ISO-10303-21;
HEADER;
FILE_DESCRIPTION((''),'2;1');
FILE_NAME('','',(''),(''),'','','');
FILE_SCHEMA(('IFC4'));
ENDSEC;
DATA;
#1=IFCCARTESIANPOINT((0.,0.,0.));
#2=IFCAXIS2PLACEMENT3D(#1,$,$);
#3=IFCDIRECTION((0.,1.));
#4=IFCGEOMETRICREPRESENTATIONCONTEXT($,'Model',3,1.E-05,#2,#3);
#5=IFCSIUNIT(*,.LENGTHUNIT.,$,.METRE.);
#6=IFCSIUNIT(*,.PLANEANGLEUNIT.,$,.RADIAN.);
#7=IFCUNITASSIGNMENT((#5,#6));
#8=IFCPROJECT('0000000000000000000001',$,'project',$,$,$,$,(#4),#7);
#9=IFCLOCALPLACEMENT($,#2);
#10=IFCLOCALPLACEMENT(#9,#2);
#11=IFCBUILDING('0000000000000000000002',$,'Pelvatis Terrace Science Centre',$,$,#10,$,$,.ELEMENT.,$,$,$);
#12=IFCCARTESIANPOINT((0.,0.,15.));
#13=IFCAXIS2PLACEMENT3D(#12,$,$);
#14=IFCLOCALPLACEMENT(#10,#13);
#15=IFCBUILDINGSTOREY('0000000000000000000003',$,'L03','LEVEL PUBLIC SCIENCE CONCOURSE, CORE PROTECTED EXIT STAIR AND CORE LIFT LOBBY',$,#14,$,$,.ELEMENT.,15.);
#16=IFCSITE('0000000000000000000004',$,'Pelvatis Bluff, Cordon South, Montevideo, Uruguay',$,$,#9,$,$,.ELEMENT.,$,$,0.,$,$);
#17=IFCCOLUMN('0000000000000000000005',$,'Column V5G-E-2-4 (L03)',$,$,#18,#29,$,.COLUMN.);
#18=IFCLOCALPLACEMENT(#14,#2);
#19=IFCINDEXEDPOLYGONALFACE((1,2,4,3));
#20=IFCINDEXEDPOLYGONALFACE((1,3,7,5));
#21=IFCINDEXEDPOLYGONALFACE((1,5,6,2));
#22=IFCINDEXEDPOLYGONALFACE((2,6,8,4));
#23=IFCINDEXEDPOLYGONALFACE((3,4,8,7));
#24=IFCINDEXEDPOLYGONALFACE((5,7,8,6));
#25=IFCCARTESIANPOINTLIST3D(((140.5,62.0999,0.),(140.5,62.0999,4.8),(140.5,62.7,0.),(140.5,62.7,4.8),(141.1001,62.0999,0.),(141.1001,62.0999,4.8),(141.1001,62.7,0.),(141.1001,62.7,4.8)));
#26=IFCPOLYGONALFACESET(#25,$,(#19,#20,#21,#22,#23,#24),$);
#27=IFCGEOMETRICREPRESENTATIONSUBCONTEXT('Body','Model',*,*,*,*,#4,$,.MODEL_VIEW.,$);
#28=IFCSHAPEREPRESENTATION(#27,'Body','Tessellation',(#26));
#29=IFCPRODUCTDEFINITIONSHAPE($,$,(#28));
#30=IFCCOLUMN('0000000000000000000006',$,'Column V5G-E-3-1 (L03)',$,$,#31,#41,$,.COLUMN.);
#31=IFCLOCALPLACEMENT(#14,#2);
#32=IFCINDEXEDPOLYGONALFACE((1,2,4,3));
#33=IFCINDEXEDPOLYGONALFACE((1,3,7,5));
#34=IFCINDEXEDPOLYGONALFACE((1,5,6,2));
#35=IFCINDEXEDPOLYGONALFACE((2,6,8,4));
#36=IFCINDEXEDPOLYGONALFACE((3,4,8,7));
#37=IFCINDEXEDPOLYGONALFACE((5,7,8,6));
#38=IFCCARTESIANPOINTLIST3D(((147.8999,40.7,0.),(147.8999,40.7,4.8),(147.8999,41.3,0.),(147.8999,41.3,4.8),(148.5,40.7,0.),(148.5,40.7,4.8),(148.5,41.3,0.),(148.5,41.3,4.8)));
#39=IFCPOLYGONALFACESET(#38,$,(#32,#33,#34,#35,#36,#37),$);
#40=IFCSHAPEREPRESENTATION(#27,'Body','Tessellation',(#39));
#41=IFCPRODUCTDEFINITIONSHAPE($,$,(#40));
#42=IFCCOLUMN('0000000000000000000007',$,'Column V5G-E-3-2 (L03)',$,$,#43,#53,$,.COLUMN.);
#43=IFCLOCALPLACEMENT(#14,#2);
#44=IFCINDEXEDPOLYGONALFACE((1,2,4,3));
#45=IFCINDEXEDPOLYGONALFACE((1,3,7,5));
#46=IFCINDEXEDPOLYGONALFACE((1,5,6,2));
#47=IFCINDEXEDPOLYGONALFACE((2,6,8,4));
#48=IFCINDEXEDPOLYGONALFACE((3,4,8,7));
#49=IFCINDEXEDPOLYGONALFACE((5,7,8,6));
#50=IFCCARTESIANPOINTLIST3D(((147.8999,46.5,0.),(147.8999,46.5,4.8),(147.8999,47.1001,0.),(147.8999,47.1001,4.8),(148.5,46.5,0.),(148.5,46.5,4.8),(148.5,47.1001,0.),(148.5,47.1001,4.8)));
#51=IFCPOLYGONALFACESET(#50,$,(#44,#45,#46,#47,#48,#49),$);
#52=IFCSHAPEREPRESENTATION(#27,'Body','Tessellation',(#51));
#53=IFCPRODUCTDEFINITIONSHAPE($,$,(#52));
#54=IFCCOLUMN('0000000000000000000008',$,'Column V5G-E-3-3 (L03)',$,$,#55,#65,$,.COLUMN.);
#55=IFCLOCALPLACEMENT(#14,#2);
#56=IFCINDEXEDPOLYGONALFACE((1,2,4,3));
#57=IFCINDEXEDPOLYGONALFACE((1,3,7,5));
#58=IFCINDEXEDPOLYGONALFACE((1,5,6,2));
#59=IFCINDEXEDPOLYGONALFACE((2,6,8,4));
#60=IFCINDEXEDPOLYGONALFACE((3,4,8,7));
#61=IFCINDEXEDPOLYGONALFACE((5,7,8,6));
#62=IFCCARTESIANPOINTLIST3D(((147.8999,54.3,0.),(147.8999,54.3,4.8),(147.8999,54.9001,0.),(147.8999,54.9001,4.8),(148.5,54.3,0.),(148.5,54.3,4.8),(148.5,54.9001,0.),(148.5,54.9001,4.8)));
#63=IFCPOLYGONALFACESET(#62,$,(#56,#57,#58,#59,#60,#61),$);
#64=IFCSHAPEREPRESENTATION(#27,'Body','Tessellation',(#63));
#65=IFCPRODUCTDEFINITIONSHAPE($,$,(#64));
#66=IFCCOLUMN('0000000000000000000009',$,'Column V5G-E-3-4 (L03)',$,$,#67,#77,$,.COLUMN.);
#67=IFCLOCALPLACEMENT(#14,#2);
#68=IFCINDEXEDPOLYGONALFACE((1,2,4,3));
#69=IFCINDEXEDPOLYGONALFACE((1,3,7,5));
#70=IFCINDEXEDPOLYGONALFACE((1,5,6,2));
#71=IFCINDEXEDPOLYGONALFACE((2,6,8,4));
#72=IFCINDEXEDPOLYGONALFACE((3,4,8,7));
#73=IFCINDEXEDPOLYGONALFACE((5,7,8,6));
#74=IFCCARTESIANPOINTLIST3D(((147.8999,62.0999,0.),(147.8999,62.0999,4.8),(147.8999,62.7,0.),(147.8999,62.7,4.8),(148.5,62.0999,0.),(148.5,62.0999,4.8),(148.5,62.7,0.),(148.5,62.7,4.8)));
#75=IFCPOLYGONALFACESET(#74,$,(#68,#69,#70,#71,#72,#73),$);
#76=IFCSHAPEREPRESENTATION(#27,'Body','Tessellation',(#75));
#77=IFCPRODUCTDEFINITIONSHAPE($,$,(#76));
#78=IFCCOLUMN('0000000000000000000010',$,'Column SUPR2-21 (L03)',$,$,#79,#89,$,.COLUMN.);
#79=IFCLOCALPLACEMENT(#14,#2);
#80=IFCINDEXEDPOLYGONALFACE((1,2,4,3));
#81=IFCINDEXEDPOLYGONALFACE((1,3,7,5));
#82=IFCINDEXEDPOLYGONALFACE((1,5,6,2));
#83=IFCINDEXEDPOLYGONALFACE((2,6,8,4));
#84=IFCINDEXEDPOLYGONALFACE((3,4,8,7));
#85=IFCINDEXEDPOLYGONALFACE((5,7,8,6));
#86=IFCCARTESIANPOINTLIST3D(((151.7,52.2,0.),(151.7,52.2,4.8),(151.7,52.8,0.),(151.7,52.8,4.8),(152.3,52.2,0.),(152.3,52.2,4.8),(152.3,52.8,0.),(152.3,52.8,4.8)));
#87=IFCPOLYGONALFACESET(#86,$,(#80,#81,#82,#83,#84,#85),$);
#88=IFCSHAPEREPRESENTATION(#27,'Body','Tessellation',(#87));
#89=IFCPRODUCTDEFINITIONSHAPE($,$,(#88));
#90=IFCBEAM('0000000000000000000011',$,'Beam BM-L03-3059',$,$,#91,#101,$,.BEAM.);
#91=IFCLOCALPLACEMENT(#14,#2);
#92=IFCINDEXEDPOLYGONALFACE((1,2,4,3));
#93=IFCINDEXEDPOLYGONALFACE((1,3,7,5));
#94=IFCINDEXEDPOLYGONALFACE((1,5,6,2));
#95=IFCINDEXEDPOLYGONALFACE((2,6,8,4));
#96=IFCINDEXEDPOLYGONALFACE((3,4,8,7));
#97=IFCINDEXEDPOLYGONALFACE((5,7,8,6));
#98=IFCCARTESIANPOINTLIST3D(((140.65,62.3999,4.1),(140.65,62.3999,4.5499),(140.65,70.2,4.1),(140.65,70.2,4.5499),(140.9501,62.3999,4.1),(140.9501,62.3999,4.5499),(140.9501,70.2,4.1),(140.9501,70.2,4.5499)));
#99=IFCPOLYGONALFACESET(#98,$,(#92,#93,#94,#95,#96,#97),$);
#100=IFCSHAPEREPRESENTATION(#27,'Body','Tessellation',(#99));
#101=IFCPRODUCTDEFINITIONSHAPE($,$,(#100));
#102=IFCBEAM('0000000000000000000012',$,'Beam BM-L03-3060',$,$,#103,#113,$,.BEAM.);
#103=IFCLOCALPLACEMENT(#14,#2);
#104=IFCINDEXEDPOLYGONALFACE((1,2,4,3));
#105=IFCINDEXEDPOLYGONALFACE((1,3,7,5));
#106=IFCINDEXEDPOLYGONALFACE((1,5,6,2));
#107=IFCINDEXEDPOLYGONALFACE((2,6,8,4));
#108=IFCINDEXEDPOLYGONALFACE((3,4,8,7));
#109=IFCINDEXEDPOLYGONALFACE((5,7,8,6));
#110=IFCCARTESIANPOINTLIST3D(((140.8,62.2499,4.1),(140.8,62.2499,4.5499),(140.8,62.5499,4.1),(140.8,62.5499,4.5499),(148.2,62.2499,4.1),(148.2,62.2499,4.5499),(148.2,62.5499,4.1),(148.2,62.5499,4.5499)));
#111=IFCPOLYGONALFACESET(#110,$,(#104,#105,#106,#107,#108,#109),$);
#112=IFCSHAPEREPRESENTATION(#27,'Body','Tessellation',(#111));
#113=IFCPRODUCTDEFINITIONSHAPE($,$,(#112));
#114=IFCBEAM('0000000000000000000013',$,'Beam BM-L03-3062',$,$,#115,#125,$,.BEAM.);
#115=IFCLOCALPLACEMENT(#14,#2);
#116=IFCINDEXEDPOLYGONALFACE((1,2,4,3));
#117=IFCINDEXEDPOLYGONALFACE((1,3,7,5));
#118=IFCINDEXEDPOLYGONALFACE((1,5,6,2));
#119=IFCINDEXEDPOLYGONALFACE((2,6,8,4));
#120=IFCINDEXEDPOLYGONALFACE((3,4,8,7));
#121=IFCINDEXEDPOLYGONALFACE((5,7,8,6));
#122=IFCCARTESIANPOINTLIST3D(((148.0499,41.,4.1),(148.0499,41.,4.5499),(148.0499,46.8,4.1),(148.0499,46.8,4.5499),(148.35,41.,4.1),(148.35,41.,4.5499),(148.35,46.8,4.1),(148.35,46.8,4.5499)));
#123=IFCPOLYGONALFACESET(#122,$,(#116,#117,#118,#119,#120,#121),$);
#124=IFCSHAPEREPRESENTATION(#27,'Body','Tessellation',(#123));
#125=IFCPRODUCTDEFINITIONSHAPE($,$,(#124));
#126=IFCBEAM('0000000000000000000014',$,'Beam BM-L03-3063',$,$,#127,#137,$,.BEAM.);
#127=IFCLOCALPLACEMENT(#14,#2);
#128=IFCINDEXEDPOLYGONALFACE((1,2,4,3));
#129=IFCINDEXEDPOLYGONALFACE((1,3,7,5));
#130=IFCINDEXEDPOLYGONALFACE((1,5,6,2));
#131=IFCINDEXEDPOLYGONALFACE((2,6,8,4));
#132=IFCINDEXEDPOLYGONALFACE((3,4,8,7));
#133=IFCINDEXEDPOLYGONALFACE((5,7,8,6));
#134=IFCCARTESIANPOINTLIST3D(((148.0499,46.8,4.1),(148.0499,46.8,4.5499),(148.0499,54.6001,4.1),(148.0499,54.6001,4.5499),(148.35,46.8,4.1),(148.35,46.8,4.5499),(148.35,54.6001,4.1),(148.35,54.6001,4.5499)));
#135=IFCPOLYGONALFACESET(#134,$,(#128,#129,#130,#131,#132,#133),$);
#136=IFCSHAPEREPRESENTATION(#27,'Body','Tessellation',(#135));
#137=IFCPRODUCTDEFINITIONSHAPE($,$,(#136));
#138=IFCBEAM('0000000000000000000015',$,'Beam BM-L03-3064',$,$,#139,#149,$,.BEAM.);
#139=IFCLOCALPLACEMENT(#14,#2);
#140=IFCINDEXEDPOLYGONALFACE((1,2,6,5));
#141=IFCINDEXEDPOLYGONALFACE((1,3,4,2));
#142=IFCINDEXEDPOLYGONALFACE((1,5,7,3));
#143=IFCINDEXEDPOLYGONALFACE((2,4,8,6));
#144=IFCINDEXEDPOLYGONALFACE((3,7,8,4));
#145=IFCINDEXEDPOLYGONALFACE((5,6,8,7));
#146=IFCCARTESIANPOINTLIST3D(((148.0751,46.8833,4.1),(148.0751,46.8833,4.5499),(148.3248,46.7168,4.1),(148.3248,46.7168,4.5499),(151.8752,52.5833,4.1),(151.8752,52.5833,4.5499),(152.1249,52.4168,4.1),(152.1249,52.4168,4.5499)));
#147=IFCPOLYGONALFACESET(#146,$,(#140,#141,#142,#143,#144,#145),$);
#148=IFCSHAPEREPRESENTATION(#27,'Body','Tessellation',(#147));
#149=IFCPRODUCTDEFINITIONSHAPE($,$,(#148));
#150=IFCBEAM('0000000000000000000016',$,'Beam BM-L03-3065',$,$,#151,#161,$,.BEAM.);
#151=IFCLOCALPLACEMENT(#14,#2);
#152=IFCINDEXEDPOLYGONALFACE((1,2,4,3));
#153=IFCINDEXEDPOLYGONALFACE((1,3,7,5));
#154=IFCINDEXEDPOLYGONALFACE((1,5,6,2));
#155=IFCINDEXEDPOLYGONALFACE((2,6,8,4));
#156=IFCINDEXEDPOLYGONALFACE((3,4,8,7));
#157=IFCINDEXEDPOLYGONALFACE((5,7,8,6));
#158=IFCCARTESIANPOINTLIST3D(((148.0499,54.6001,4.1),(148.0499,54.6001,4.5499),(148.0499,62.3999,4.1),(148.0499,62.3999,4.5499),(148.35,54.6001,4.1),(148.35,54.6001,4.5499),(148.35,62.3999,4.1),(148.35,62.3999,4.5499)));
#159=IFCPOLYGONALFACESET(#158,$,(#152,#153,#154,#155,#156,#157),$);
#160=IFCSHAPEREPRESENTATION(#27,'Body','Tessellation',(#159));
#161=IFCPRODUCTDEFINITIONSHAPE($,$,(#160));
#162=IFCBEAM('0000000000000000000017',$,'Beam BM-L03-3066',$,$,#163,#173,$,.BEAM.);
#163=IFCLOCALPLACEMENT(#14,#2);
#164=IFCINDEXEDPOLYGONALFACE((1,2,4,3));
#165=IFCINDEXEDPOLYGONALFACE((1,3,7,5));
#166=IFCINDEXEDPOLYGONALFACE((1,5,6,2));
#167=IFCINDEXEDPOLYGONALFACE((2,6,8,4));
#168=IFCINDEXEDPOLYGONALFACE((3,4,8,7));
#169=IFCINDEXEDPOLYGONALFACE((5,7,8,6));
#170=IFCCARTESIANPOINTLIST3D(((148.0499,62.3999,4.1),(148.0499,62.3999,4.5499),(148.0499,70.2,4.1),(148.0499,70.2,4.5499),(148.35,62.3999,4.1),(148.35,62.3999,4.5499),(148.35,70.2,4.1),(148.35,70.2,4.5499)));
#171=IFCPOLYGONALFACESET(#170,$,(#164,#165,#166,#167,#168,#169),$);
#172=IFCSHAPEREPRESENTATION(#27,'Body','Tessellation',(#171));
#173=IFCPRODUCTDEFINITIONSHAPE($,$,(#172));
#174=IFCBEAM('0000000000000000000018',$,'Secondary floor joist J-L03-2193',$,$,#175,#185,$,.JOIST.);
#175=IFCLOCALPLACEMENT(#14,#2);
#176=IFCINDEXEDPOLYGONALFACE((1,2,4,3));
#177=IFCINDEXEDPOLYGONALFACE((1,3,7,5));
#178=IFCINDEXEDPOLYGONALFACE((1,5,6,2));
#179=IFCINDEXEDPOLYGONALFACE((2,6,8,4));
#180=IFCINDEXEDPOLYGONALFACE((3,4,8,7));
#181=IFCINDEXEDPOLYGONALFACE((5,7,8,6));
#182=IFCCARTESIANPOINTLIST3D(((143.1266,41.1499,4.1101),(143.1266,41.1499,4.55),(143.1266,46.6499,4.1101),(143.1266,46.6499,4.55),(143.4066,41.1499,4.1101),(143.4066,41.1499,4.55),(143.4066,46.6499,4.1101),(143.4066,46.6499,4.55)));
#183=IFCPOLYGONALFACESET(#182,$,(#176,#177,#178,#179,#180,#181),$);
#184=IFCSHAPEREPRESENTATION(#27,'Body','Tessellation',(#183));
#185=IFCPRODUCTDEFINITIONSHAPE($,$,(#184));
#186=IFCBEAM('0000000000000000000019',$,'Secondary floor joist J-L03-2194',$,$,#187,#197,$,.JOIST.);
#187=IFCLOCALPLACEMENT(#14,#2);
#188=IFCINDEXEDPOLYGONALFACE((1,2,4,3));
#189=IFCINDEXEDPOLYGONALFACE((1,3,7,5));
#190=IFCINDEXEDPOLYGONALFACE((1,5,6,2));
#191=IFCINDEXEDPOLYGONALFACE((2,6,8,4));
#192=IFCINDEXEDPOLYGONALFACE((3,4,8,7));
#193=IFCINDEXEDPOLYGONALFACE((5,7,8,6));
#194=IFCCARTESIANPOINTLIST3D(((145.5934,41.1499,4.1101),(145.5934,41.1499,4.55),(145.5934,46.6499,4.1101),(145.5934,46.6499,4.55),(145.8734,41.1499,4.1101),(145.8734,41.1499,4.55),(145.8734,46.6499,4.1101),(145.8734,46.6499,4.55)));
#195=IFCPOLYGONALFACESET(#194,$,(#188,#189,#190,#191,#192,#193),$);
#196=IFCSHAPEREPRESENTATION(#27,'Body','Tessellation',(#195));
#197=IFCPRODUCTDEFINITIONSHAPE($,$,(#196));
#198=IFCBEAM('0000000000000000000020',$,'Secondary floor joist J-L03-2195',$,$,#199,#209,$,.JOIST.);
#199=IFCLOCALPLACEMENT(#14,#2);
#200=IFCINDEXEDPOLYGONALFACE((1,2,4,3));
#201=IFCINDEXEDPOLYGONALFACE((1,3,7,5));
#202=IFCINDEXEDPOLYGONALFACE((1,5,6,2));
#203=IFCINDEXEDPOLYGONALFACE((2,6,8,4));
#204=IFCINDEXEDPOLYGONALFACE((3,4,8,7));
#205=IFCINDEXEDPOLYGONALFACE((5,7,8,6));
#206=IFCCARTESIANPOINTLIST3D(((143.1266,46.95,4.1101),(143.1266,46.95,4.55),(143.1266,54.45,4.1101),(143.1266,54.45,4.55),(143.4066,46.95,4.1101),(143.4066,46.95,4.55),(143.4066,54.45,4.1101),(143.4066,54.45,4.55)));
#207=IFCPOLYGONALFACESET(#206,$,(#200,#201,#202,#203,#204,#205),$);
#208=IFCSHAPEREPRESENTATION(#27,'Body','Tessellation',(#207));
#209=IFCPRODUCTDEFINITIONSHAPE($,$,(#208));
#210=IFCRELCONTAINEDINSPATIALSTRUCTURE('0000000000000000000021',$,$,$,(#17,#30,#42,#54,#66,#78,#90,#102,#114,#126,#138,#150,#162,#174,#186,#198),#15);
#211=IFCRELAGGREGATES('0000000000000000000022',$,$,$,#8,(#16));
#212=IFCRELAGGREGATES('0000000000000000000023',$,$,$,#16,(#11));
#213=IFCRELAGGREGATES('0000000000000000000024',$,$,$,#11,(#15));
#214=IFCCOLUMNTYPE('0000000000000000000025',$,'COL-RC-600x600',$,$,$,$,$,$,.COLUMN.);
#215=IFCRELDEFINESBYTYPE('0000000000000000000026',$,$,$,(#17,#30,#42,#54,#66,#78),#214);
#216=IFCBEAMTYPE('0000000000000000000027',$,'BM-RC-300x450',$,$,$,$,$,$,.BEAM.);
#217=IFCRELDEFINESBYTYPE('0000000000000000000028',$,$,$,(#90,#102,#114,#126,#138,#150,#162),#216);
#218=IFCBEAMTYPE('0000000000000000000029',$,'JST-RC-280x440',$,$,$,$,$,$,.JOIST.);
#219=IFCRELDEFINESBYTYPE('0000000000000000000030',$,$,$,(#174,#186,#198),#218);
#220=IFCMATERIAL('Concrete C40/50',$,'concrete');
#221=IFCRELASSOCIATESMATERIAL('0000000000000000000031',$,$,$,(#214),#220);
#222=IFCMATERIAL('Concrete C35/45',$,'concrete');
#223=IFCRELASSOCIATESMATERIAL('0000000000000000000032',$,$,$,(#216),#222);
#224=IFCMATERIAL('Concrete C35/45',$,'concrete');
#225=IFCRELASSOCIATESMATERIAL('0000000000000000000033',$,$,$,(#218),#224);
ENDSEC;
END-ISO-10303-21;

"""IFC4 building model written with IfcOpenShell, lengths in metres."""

from ifc_helpers import new_model, si_unit, direction, frame, origin, origin_2d, place, context, subcontext, project, spatial, rectangle, extrude, material, material_profile, profile_set, type_object, element, save


model = new_model("IFC4")

# Units and contexts
model_context = context("Model", 3, precision=1e-05, world=origin(), true_north=direction((0.0, 1.0)))
body_context = subcontext(model_context, "Body", "Model", "MODEL_VIEW")
ifc_project = project(units=[si_unit("LENGTHUNIT", "METRE"), si_unit("PLANEANGLEUNIT", "RADIAN")], contexts=[model_context])

# Site, building, storey
site_placement = place(None, origin())
site = spatial("IfcSite", under=ifc_project, at=site_placement, Name="Pelvatis Bluff, Cordon South, Montevideo, Uruguay", CompositionType="ELEMENT", RefElevation=0.0)
building_placement = place(site_placement, origin())
building = spatial("IfcBuilding", under=site, at=building_placement, Name="Pelvatis Terrace Science Centre", CompositionType="ELEMENT")
storey_placement = place(building_placement, frame((0.0, 0.0, 15.0)))
storey = spatial("IfcBuildingStorey", under=building, at=storey_placement, Name="L03", Description="LEVEL PUBLIC SCIENCE CONCOURSE, CORE PROTECTED EXIT STAIR AND CORE LIFT LOBBY", CompositionType="ELEMENT", Elevation=15.0)

# Columns
ifc_material_1 = material(Name="Concrete C40/50", Category="concrete")
ifc_material_profile_1 = material_profile(ifc_material_1, rectangle(XDim=0.6001, YDim=0.6001, at=origin_2d()), Name="RC-COL 600x600")
ifc_profile_set_1 = profile_set([ifc_material_profile_1], Name="Concrete C40/50")
column_type = type_object("IfcColumnType", Name="COL-RC-600x600", PredefinedType="COLUMN", material=ifc_profile_set_1)
for number, where, z_axis, x_axis, name in (
    (1, (140.8, 62.3999, 0.0), (0.0, 0.0, 1.0), (1.0, 0.0, 0.0), "Column V5G-E-2-4 (L03)"),
    (2, (148.2, 41.0, 0.0), (0.0, 0.0, 1.0), (1.0, 0.0, 0.0), "Column V5G-E-3-1 (L03)"),
    (3, (148.2, 46.8, 0.0), (0.0, 0.0, 1.0), (1.0, 0.0, 0.0), "Column V5G-E-3-2 (L03)"),
    (4, (148.2, 54.6001, 0.0), (0.0, 0.0, 1.0), (1.0, 0.0, 0.0), "Column V5G-E-3-3 (L03)"),
    (5, (148.2, 62.3999, 0.0), (0.0, 0.0, 1.0), (1.0, 0.0, 0.0), "Column V5G-E-3-4 (L03)"),
    (6, (152.0, 52.5, 0.0), (0.0, 0.0, 1.0), (1.0, 0.0, 0.0), "Column SUPR2-21 (L03)"),
):
    element("IfcColumn", number, at=place(storey_placement, frame(where, z_axis=z_axis, x_axis=x_axis)), inside=storey, type_object=column_type, Name=name, PredefinedType="COLUMN", context=body_context, shape_type="SweptSolid", body=[
        extrude(rectangle(XDim=0.6001, YDim=0.6001, at=origin_2d()), origin(), (0.0, 0.0, 1.0), 4.8),
    ])

# Beams
ifc_material_2 = material(Name="Concrete C35/45", Category="concrete")
ifc_material_profile_2 = material_profile(ifc_material_2, rectangle(XDim=0.3, YDim=0.45, at=origin_2d()), Name="RC-BM 300x450")
ifc_profile_set_2 = profile_set([ifc_material_profile_2], Name="Concrete C35/45")
beam_type_1 = type_object("IfcBeamType", Name="BM-RC-300x450", PredefinedType="BEAM", material=ifc_profile_set_2)
beam_1_placement = place(storey_placement, frame((140.8, 62.3999, 4.325), z_axis=(0.0, 1.0, 0.0), x_axis=(-1.0, 0.0, 0.0)))
element("IfcBeam", 7, at=beam_1_placement, inside=storey, type_object=beam_type_1, Name="Beam BM-L03-3059", PredefinedType="BEAM", context=body_context, shape_type="SweptSolid", body=[
    extrude(rectangle(XDim=0.3, YDim=0.45, at=origin_2d()), origin(), (0.0, 0.0, 1.0), 7.8),
])
beam_2_placement = place(storey_placement, frame((140.8, 62.3999, 4.325), z_axis=(1.0, 0.0, 0.0), x_axis=(0.0, 1.0, 0.0)))
element("IfcBeam", 8, at=beam_2_placement, inside=storey, type_object=beam_type_1, Name="Beam BM-L03-3060", PredefinedType="BEAM", context=body_context, shape_type="SweptSolid", body=[
    extrude(rectangle(XDim=0.3, YDim=0.45, at=origin_2d()), origin(), (0.0, 0.0, 1.0), 7.3999),
])
beam_3_placement = place(storey_placement, frame((148.2, 41.0, 4.325), z_axis=(0.0, 1.0, 0.0), x_axis=(-1.0, 0.0, 0.0)))
element("IfcBeam", 9, at=beam_3_placement, inside=storey, type_object=beam_type_1, Name="Beam BM-L03-3062", PredefinedType="BEAM", context=body_context, shape_type="SweptSolid", body=[
    extrude(rectangle(XDim=0.3, YDim=0.45, at=origin_2d()), origin(), (0.0, 0.0, 1.0), 5.8),
])
beam_4_placement = place(storey_placement, frame((148.2, 46.8, 4.325), z_axis=(0.0, 1.0, 0.0), x_axis=(-1.0, 0.0, 0.0)))
element("IfcBeam", 10, at=beam_4_placement, inside=storey, type_object=beam_type_1, Name="Beam BM-L03-3063", PredefinedType="BEAM", context=body_context, shape_type="SweptSolid", body=[
    extrude(rectangle(XDim=0.3, YDim=0.45, at=origin_2d()), origin(), (0.0, 0.0, 1.0), 7.8),
])
beam_5_placement = place(storey_placement, frame((148.2, 46.8, 4.325), z_axis=(0.554708, 0.832045, 0.0), x_axis=(-0.832045, 0.554708, 0.0)))
element("IfcBeam", 11, at=beam_5_placement, inside=storey, type_object=beam_type_1, Name="Beam BM-L03-3064", PredefinedType="BEAM", context=body_context, shape_type="SweptSolid", body=[
    extrude(rectangle(XDim=0.3, YDim=0.45, at=origin_2d()), origin(), (0.0, 0.0, 1.0), 6.8506),
])
beam_6_placement = place(storey_placement, frame((148.2, 54.6001, 4.325), z_axis=(0.0, 1.0, 0.0), x_axis=(-1.0, 0.0, 0.0)))
element("IfcBeam", 12, at=beam_6_placement, inside=storey, type_object=beam_type_1, Name="Beam BM-L03-3065", PredefinedType="BEAM", context=body_context, shape_type="SweptSolid", body=[
    extrude(rectangle(XDim=0.3, YDim=0.45, at=origin_2d()), origin(), (0.0, 0.0, 1.0), 7.7998),
])
beam_7_placement = place(storey_placement, frame((148.2, 62.3999, 4.325), z_axis=(0.0, 1.0, 0.0), x_axis=(-1.0, 0.0, 0.0)))
element("IfcBeam", 13, at=beam_7_placement, inside=storey, type_object=beam_type_1, Name="Beam BM-L03-3066", PredefinedType="BEAM", context=body_context, shape_type="SweptSolid", body=[
    extrude(rectangle(XDim=0.3, YDim=0.45, at=origin_2d()), origin(), (0.0, 0.0, 1.0), 7.8),
])
ifc_material_3 = material(Name="Concrete C35/45", Category="concrete")
ifc_material_profile_3 = material_profile(ifc_material_3, rectangle(XDim=0.28, YDim=0.4399, at=origin_2d()), Name="RC-JST 280x440")
ifc_profile_set_3 = profile_set([ifc_material_profile_3], Name="Concrete C35/45")
beam_type_2 = type_object("IfcBeamType", Name="JST-RC-280x440", PredefinedType="JOIST", material=ifc_profile_set_3)
for number, where, z_axis, x_axis, name in (
    (14, (143.2666, 41.1499, 4.3301), (0.0, 1.0, 0.0), (-1.0, 0.0, 0.0), "Secondary floor joist J-L03-2193"),
    (15, (145.7334, 41.1499, 4.3301), (0.0, 1.0, 0.0), (-1.0, 0.0, 0.0), "Secondary floor joist J-L03-2194"),
):
    element("IfcBeam", number, at=place(storey_placement, frame(where, z_axis=z_axis, x_axis=x_axis)), inside=storey, type_object=beam_type_2, Name=name, PredefinedType="JOIST", context=body_context, shape_type="SweptSolid", body=[
        extrude(rectangle(XDim=0.28, YDim=0.4399, at=origin_2d()), origin(), (0.0, 0.0, 1.0), 5.5),
    ])
for number, where, z_axis, x_axis, name in (
    (16, (143.2666, 46.95, 4.3301), (0.0, 1.0, 0.0), (-1.0, 0.0, 0.0), "Secondary floor joist J-L03-2195"),
):
    element("IfcBeam", number, at=place(storey_placement, frame(where, z_axis=z_axis, x_axis=x_axis)), inside=storey, type_object=beam_type_2, Name=name, PredefinedType="JOIST", context=body_context, shape_type="SweptSolid", body=[
        extrude(rectangle(XDim=0.28, YDim=0.4399, at=origin_2d()), origin(), (0.0, 0.0, 1.0), 7.5),
    ])

save(model, "model.ifc")
